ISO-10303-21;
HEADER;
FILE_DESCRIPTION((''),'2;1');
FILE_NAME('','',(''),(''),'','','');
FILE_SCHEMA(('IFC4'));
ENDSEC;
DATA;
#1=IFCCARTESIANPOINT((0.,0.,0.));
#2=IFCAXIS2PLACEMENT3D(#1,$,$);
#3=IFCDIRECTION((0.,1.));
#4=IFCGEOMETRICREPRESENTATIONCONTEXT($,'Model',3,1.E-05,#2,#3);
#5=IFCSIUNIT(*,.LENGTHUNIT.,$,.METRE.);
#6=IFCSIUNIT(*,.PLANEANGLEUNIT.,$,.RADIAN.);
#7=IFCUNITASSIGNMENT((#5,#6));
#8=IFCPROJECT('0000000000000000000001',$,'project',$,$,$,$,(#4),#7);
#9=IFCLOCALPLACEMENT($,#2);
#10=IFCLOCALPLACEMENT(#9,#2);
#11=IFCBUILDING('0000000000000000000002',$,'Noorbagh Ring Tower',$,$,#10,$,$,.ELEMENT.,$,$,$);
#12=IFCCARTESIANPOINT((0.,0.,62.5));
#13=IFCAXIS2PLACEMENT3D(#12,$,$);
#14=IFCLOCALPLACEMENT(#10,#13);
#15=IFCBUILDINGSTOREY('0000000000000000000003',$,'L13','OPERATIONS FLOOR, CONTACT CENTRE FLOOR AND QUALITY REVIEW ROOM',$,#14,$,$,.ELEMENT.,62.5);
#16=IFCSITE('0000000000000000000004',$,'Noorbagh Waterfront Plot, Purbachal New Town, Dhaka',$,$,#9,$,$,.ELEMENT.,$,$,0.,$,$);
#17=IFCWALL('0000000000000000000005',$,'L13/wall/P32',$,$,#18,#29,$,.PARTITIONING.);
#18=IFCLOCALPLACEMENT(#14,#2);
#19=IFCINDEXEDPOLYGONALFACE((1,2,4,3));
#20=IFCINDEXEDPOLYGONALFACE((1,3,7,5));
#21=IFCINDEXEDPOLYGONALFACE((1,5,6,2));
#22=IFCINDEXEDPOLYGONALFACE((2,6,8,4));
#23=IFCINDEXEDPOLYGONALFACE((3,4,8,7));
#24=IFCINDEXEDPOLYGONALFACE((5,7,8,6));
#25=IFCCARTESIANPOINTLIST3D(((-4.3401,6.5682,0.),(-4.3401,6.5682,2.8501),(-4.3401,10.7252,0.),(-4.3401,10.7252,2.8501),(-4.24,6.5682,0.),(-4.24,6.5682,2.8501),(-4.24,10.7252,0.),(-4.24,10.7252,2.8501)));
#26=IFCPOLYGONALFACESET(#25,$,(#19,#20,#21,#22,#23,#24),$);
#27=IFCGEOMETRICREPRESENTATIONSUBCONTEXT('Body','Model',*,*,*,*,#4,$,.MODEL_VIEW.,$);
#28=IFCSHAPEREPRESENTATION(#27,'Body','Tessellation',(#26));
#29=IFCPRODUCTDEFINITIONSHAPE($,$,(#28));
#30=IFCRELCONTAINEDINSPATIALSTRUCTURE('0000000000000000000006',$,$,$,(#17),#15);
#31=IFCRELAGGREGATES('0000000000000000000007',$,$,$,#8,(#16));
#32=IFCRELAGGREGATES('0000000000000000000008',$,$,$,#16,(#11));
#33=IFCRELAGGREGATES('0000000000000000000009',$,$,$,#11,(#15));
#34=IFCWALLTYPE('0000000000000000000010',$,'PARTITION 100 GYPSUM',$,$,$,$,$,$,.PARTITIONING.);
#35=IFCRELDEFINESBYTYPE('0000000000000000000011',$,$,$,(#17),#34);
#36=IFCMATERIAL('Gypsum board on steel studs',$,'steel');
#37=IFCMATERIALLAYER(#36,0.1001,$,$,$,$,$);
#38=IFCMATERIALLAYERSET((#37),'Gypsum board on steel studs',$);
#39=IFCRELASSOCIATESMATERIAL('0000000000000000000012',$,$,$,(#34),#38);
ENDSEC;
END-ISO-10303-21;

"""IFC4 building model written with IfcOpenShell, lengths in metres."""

from ifc_helpers import new_model, si_unit, direction, frame, frame_2d, origin, place, context, subcontext, project, spatial, rectangle, extrude, material, layer, layer_set, type_object, element, save


model = new_model("IFC4")

# Units and contexts
model_context = context("Model", 3, precision=1e-05, world=origin(), true_north=direction((0.0, 1.0)))
body_context = subcontext(model_context, "Body", "Model", "MODEL_VIEW")
ifc_project = project(units=[si_unit("LENGTHUNIT", "METRE"), si_unit("PLANEANGLEUNIT", "RADIAN")], contexts=[model_context])

# Site, building, storey
site_placement = place(None, origin())
site = spatial("IfcSite", under=ifc_project, at=site_placement, Name="Noorbagh Waterfront Plot, Purbachal New Town, Dhaka", CompositionType="ELEMENT", RefElevation=0.0)
building_placement = place(site_placement, origin())
building = spatial("IfcBuilding", under=site, at=building_placement, Name="Noorbagh Ring Tower", CompositionType="ELEMENT")
storey_placement = place(building_placement, frame((0.0, 0.0, 62.5)))
storey = spatial("IfcBuildingStorey", under=building, at=storey_placement, Name="L13", Description="OPERATIONS FLOOR, CONTACT CENTRE FLOOR AND QUALITY REVIEW ROOM", CompositionType="ELEMENT", Elevation=62.5)

# Wall
ifc_material_1 = material(Name="Gypsum board on steel studs", Category="steel")
ifc_layer_1 = layer(ifc_material_1, 0.1001)
ifc_layer_set_1 = layer_set([ifc_layer_1], Name="Gypsum board on steel studs")
wall_type_1 = type_object("IfcWallType", Name="PARTITION 100 GYPSUM", PredefinedType="PARTITIONING", material=ifc_layer_set_1)
wall_1_placement = place(storey_placement, frame((-4.29, 6.5681, 0.0), z_axis=(0.0, 0.0, 1.0), x_axis=(0.0, 1.0, 0.0)))
element("IfcWall", 1, at=wall_1_placement, inside=storey, type_object=wall_type_1, Name="L13/wall/P32", PredefinedType="PARTITIONING", context=body_context, shape_type="SweptSolid", body=[
    extrude(rectangle(XDim=4.157, YDim=0.1001, at=frame_2d((2.0786, 0.0))), origin(), (0.0, 0.0, 1.0), 2.8501),
])

save(model, "model.ifc")
